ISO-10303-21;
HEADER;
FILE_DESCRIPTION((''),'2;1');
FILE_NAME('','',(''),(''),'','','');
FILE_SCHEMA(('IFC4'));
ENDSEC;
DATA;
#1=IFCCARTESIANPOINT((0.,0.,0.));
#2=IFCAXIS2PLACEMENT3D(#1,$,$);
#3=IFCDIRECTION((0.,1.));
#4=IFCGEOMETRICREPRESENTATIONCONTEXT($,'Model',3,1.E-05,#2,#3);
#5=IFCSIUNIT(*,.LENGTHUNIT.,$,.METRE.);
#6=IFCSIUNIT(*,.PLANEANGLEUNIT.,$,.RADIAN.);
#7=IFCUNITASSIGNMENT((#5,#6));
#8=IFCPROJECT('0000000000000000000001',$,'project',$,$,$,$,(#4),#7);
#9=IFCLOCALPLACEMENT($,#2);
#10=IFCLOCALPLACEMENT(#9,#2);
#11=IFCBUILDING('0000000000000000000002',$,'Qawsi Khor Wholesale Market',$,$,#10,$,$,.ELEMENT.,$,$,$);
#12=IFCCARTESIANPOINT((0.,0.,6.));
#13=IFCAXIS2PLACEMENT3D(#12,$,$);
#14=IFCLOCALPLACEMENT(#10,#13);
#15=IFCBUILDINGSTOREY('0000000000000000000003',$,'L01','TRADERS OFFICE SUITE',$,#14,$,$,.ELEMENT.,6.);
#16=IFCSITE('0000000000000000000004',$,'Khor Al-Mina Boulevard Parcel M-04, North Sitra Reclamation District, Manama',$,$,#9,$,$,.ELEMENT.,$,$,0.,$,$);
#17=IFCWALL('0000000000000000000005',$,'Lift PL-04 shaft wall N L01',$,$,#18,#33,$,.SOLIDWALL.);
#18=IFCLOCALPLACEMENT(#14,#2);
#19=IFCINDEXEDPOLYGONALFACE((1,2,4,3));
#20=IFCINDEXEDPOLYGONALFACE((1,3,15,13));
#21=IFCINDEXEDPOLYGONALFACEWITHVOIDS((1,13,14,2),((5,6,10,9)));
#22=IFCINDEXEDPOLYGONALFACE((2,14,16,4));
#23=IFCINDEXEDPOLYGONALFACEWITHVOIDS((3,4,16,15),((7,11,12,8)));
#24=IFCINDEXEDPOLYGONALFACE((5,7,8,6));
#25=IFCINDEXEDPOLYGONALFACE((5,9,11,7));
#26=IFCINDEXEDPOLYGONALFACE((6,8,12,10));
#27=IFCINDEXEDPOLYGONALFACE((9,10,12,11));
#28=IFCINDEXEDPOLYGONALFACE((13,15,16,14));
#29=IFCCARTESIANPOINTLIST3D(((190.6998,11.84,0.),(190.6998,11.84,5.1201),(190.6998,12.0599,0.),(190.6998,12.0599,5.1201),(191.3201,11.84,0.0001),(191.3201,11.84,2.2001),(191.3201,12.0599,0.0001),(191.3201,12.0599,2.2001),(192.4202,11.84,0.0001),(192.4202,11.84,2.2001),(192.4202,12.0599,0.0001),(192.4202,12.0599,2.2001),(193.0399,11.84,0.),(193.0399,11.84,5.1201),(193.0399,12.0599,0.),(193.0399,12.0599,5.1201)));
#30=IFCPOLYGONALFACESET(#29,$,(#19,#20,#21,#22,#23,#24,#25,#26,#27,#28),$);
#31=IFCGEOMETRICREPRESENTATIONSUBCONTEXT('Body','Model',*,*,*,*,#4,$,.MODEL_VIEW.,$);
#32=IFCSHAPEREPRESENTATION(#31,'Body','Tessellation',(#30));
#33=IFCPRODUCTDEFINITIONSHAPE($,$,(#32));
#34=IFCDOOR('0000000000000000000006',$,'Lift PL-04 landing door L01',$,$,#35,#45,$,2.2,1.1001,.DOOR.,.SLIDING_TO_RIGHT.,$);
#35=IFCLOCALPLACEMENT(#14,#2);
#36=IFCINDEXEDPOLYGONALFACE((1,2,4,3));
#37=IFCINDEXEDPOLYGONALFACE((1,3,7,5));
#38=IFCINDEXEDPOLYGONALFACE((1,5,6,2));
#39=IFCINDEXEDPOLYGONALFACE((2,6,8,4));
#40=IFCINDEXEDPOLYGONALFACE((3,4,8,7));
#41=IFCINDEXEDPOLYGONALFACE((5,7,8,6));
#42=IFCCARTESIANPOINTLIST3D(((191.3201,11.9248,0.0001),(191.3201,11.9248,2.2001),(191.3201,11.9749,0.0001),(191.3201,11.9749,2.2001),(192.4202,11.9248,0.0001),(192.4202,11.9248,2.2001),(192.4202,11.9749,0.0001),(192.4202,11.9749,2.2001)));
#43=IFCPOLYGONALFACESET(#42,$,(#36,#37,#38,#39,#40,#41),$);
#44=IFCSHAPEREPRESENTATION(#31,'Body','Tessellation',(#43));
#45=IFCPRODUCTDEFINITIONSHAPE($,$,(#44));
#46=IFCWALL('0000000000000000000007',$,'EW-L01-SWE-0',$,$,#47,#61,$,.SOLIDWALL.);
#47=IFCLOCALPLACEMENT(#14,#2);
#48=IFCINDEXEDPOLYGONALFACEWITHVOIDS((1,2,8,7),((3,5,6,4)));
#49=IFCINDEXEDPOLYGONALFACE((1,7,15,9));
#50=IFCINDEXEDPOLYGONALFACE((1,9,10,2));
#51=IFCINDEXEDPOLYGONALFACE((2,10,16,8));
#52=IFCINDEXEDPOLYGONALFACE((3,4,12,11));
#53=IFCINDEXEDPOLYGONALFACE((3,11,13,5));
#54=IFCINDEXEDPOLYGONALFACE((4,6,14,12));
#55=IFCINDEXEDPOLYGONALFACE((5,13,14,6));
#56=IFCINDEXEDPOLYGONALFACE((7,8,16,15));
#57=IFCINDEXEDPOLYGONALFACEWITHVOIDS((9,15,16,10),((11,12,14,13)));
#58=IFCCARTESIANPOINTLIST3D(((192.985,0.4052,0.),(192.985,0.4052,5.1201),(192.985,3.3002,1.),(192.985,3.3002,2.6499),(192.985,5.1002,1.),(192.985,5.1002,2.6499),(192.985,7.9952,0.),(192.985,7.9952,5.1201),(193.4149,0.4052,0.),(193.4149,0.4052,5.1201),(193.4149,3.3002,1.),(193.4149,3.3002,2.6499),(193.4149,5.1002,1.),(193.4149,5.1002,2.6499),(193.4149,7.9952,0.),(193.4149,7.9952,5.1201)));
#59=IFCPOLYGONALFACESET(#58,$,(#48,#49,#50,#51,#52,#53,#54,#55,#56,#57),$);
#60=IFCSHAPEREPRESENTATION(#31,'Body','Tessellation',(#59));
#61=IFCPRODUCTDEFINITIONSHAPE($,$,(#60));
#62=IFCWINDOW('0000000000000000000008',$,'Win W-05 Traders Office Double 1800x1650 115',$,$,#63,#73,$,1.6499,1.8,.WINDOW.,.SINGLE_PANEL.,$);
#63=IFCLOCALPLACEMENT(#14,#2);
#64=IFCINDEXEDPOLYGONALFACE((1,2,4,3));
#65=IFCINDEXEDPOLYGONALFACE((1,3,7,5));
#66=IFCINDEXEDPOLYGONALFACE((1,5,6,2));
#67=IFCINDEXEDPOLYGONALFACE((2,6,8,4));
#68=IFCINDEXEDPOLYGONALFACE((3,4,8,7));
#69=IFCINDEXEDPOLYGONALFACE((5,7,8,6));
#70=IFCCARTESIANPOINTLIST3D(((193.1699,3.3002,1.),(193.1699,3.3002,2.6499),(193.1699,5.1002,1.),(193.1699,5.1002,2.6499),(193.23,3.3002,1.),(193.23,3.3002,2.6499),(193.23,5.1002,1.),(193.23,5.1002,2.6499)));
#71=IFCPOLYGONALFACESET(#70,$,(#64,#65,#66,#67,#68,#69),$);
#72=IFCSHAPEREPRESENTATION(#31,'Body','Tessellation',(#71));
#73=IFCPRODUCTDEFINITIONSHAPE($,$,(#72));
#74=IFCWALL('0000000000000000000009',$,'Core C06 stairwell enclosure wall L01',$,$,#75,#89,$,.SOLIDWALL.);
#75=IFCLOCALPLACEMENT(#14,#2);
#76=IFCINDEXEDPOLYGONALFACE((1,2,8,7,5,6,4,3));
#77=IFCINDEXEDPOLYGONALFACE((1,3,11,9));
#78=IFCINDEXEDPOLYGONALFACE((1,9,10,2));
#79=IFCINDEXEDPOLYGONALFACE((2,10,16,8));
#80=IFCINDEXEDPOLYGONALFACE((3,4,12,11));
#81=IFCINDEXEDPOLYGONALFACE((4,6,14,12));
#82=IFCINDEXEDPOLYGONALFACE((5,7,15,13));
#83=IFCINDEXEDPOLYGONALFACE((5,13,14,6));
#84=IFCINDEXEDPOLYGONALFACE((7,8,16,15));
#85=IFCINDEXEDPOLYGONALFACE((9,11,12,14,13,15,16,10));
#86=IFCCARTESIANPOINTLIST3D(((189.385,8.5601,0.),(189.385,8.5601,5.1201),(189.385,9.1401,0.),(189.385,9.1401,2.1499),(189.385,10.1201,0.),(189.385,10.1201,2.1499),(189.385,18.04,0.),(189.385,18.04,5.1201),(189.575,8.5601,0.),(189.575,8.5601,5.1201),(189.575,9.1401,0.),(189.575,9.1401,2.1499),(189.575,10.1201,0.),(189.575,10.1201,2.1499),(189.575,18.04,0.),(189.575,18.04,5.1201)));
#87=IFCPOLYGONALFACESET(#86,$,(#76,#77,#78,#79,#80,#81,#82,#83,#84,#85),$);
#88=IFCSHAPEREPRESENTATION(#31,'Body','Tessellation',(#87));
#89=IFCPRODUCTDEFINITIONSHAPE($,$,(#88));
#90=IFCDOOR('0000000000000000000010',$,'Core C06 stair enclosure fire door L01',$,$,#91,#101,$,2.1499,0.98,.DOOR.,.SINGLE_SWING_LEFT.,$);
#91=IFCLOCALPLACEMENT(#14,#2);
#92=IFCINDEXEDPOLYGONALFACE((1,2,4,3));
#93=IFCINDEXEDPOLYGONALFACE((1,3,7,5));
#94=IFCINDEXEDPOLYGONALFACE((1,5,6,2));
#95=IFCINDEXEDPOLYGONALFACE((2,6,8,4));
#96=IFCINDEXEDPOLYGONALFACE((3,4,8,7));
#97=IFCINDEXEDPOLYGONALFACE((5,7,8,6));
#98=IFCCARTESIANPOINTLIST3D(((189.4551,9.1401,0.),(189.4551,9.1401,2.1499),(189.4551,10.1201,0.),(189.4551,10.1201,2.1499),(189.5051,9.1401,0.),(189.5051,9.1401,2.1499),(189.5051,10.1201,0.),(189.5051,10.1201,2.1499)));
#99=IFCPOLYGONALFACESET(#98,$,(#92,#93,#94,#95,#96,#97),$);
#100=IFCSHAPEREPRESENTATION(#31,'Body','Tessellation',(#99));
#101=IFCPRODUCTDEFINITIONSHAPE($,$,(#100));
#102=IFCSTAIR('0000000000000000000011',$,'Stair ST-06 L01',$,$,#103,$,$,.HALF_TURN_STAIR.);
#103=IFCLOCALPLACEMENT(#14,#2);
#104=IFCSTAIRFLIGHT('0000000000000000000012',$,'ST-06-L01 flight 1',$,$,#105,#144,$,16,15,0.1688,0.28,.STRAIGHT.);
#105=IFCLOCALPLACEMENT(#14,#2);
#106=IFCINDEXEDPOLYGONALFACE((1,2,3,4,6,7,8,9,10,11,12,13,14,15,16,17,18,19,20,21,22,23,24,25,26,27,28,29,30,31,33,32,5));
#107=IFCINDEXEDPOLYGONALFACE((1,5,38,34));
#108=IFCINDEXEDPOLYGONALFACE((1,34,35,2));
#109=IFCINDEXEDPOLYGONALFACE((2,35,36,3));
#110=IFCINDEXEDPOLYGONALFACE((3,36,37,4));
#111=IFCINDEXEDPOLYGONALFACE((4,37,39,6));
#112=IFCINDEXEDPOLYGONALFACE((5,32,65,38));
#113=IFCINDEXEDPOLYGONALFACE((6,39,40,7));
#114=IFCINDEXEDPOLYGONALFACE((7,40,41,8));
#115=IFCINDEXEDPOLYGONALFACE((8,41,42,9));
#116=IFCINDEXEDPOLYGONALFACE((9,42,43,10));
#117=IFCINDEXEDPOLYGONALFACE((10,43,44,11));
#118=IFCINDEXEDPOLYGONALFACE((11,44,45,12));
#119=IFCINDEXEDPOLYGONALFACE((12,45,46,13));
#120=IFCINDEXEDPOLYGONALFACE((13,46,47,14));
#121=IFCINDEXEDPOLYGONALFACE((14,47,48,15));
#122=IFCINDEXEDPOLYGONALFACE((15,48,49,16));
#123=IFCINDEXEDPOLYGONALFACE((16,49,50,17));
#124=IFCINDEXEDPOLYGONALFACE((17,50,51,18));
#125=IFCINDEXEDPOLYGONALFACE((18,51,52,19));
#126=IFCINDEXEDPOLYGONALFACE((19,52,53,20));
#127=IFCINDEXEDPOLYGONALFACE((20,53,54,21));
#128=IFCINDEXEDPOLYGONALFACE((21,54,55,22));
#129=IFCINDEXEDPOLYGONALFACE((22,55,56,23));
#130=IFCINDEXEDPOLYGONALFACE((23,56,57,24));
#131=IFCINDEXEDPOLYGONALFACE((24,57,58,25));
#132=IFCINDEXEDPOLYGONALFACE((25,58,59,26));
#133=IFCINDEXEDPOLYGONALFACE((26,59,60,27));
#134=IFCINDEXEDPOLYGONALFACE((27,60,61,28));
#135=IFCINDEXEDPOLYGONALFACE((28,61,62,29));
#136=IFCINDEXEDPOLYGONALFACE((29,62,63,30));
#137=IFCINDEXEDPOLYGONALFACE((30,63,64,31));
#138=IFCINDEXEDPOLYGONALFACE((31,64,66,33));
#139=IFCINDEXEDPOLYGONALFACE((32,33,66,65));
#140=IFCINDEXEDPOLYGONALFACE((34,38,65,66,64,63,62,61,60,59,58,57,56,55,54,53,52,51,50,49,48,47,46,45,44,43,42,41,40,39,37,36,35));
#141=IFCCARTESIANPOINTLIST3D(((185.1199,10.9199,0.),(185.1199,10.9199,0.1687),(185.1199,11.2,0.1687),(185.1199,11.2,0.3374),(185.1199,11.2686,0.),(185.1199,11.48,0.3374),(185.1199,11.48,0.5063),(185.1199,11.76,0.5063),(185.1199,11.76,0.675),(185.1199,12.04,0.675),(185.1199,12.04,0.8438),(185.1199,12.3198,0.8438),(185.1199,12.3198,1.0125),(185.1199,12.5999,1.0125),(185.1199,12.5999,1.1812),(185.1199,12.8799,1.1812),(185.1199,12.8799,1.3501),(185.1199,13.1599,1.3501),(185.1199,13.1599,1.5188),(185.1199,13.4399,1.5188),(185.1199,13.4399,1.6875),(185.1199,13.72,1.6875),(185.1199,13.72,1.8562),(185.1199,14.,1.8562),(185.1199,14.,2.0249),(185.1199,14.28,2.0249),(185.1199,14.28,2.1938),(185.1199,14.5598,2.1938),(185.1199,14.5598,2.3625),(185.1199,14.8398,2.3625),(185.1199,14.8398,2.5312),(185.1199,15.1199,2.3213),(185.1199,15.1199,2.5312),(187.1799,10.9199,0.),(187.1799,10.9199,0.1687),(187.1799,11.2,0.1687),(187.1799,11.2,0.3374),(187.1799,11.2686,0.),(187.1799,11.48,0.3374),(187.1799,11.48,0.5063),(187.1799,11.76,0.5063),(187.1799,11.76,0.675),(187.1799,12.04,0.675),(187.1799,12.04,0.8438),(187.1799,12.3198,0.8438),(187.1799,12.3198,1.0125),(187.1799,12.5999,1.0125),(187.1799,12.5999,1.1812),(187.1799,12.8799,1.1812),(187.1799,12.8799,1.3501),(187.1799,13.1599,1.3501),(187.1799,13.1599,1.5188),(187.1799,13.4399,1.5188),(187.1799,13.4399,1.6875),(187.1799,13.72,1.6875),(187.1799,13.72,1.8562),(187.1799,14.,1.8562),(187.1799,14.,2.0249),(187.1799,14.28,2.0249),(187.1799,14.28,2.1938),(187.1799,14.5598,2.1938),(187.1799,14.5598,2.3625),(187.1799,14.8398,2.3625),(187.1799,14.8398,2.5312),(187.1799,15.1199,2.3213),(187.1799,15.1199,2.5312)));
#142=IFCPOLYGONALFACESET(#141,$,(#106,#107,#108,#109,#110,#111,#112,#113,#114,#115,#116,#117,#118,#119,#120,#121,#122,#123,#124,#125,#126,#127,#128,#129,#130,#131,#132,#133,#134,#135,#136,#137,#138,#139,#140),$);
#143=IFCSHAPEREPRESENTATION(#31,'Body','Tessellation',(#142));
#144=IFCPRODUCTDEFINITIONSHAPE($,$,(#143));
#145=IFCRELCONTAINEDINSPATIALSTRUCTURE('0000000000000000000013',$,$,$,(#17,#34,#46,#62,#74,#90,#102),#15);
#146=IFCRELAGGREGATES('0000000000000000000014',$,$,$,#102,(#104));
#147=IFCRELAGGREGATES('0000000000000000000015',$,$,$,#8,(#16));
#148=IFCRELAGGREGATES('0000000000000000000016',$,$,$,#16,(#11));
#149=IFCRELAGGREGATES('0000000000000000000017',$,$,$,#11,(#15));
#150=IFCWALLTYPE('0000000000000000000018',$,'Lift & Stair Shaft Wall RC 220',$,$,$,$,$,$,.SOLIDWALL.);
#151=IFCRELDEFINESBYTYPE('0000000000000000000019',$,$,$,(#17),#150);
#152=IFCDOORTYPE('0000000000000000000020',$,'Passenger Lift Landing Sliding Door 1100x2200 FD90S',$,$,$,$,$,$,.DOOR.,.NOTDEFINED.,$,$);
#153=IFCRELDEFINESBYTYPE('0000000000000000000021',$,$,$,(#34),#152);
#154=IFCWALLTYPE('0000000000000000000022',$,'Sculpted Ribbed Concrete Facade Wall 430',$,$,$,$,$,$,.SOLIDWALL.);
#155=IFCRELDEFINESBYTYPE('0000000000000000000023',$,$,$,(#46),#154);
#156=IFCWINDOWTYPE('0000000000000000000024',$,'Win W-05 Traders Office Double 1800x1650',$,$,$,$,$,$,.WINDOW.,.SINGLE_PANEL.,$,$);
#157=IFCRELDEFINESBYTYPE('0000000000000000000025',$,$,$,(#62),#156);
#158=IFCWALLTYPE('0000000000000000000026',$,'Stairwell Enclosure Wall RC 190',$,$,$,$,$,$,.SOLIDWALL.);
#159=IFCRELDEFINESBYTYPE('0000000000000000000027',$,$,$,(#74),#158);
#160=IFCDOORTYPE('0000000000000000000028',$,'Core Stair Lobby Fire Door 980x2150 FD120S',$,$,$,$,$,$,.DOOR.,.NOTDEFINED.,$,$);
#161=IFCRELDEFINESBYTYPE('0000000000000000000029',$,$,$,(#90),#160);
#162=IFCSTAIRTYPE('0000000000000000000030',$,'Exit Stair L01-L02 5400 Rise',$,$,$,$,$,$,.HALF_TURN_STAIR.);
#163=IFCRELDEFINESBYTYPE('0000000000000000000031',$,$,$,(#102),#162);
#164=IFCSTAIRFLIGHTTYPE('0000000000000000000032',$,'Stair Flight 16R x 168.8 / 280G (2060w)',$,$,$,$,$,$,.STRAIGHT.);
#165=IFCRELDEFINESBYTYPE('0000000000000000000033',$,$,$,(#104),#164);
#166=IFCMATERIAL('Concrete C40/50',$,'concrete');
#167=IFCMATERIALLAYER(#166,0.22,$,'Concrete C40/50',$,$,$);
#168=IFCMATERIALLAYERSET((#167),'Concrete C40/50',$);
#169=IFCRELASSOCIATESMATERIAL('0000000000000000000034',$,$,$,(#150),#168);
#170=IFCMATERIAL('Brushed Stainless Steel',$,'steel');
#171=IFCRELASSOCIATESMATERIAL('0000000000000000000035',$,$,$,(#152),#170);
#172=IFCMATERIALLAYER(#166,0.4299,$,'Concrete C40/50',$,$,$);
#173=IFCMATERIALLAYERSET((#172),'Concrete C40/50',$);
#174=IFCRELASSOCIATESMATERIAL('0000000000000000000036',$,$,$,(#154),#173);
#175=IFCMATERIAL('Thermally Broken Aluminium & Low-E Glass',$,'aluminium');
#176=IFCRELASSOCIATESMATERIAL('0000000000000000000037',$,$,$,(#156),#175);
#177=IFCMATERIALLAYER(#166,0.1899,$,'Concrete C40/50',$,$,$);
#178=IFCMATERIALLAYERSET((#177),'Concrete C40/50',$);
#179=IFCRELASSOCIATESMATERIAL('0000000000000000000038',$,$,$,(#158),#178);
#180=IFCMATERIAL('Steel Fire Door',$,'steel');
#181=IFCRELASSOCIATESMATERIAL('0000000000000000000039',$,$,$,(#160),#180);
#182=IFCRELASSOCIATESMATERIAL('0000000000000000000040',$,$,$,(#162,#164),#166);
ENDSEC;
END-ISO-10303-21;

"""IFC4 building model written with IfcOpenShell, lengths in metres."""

from ifc_helpers import new_model, si_unit, direction, frame, frame_2d, origin, place, context, subcontext, project, spatial, polyline, rectangle, outline, extrude, material, layer, layer_set, type_object, element, fill, aggregate, save


model = new_model("IFC4")

# Units and contexts
model_context = context("Model", 3, precision=1e-05, world=origin(), true_north=direction((0.0, 1.0)))
body_context = subcontext(model_context, "Body", "Model", "MODEL_VIEW")
ifc_project = project(units=[si_unit("LENGTHUNIT", "METRE"), si_unit("PLANEANGLEUNIT", "RADIAN")], contexts=[model_context])

# Site, building, storey
site_placement = place(None, origin())
site = spatial("IfcSite", under=ifc_project, at=site_placement, Name="Khor Al-Mina Boulevard Parcel M-04, North Sitra Reclamation District, Manama", CompositionType="ELEMENT", RefElevation=0.0)
building_placement = place(site_placement, origin())
building = spatial("IfcBuilding", under=site, at=building_placement, Name="Qawsi Khor Wholesale Market", CompositionType="ELEMENT")
storey_placement = place(building_placement, frame((0.0, 0.0, 6.0)))
storey = spatial("IfcBuildingStorey", under=building, at=storey_placement, Name="L01", Description="TRADERS OFFICE SUITE", CompositionType="ELEMENT", Elevation=6.0)

# Shared definitions
ifc_material_1 = material(Name="Concrete C40/50", Category="concrete")

# Shared definitions
ifc_layer_1 = layer(ifc_material_1, 0.22, Name="Concrete C40/50")
ifc_layer_set_1 = layer_set([ifc_layer_1], Name="Concrete C40/50")
wall_type_1 = type_object("IfcWallType", Name="Lift & Stair Shaft Wall RC 220", PredefinedType="SOLIDWALL", material=ifc_layer_set_1)

# Wall, opening, door
wall_1_placement = place(storey_placement, frame((190.7, 11.95, 0.0), z_axis=(0.0, 0.0, 1.0), x_axis=(1.0, 0.0, 0.0)))
wall_1 = element("IfcWall", 1, at=wall_1_placement, inside=storey, type_object=wall_type_1, Name="Lift PL-04 shaft wall N L01", PredefinedType="SOLIDWALL", context=body_context, shape_type="SweptSolid", body=[
    extrude(rectangle(XDim=2.3401, YDim=0.22, at=frame_2d((1.1699, 0.0))), origin(), (0.0, 0.0, 1.0), 5.1201),
])
opening_1_placement = place(wall_1_placement, frame((0.6201, 0.0, 0.0)))
opening_1 = element("IfcOpeningElement", 2, at=opening_1_placement, cuts=wall_1, PredefinedType="OPENING", context=body_context, shape_type="SweptSolid", body=[
    extrude(rectangle(XDim=1.1001, YDim=2.2, at=frame_2d((0.55, 1.1001))), frame((0.0, 0.1199, 0.0), z_axis=(0.0, -1.0, 0.0), x_axis=(1.0, 0.0, 0.0)), (0.0, 0.0, 1.0), 0.24),
])
ifc_material_2 = material(Name="Brushed Stainless Steel", Category="steel")
door_type_1 = type_object("IfcDoorType", Name="Passenger Lift Landing Sliding Door 1100x2200 FD90S", OperationType="NOTDEFINED", PredefinedType="DOOR", material=ifc_material_2)
door_1_placement = place(opening_1_placement, origin())
door_1 = element("IfcDoor", 3, at=door_1_placement, inside=storey, type_object=door_type_1, Name="Lift PL-04 landing door L01", OperationType="SLIDING_TO_RIGHT", OverallHeight=2.2, OverallWidth=1.1001, PredefinedType="DOOR", context=body_context, shape_type="SweptSolid", body=[
    extrude(rectangle(XDim=1.1001, YDim=2.2, at=frame_2d((0.55, 1.1001))), frame((0.0, 0.0249, 0.0), z_axis=(0.0, -1.0, 0.0), x_axis=(1.0, 0.0, 0.0)), (0.0, 0.0, 1.0), 0.05),
])
fill(opening_1, door_1)

# Wall, opening, window
ifc_layer_2 = layer(ifc_material_1, 0.4299, Name="Concrete C40/50")
ifc_layer_set_2 = layer_set([ifc_layer_2], Name="Concrete C40/50")
wall_type_2 = type_object("IfcWallType", Name="Sculpted Ribbed Concrete Facade Wall 430", PredefinedType="SOLIDWALL", material=ifc_layer_set_2)
wall_2_placement = place(storey_placement, frame((193.2, 7.9951, 0.0), z_axis=(0.0, 0.0, 1.0), x_axis=(0.0, -1.0, 0.0)))
wall_2 = element("IfcWall", 4, at=wall_2_placement, inside=storey, type_object=wall_type_2, Name="EW-L01-SWE-0", PredefinedType="SOLIDWALL", context=body_context, shape_type="SweptSolid", body=[
    extrude(rectangle(XDim=7.5901, YDim=0.4299, at=frame_2d((3.7949, 0.0))), origin(), (0.0, 0.0, 1.0), 5.1201),
])
opening_2_placement = place(wall_2_placement, frame((2.895, 0.0, 1.0)))
opening_2 = element("IfcOpeningElement", 5, at=opening_2_placement, cuts=wall_2, PredefinedType="OPENING", context=body_context, shape_type="SweptSolid", body=[
    extrude(rectangle(XDim=1.8, YDim=1.6499, at=frame_2d((0.8999, 0.825))), frame((0.0, 0.2249, 0.0), z_axis=(0.0, -1.0, 0.0), x_axis=(1.0, 0.0, 0.0)), (0.0, 0.0, 1.0), 0.45),
])
ifc_material_3 = material(Name="Thermally Broken Aluminium & Low-E Glass", Category="aluminium")
window_type = type_object("IfcWindowType", Name="Win W-05 Traders Office Double 1800x1650", PartitioningType="SINGLE_PANEL", PredefinedType="WINDOW", material=ifc_material_3)
window_placement = place(opening_2_placement, origin())
window = element("IfcWindow", 6, at=window_placement, inside=storey, type_object=window_type, Name="Win W-05 Traders Office Double 1800x1650 115", OverallHeight=1.6499, OverallWidth=1.8, PartitioningType="SINGLE_PANEL", PredefinedType="WINDOW", context=body_context, shape_type="SweptSolid", body=[
    extrude(rectangle(XDim=1.8, YDim=1.6499, at=frame_2d((0.8999, 0.825))), frame((0.0, 0.03, 0.0), z_axis=(0.0, -1.0, 0.0), x_axis=(1.0, 0.0, 0.0)), (0.0, 0.0, 1.0), 0.0601),
])
fill(opening_2, window)

# Wall, opening, door
ifc_layer_3 = layer(ifc_material_1, 0.1899, Name="Concrete C40/50")
ifc_layer_set_3 = layer_set([ifc_layer_3], Name="Concrete C40/50")
wall_type_3 = type_object("IfcWallType", Name="Stairwell Enclosure Wall RC 190", PredefinedType="SOLIDWALL", material=ifc_layer_set_3)
wall_3_placement = place(storey_placement, frame((189.48, 8.5601, 0.0), z_axis=(0.0, 0.0, 1.0), x_axis=(0.0, 1.0, 0.0)))
wall_3 = element("IfcWall", 7, at=wall_3_placement, inside=storey, type_object=wall_type_3, Name="Core C06 stairwell enclosure wall L01", PredefinedType="SOLIDWALL", context=body_context, shape_type="SweptSolid", body=[
    extrude(rectangle(XDim=9.48, YDim=0.1899, at=frame_2d((4.74, 0.0))), origin(), (0.0, 0.0, 1.0), 5.1201),
])
opening_3_placement = place(wall_3_placement, frame((0.5801, 0.0, 0.0)))
opening_3 = element("IfcOpeningElement", 8, at=opening_3_placement, cuts=wall_3, PredefinedType="OPENING", context=body_context, shape_type="SweptSolid", body=[
    extrude(rectangle(XDim=0.98, YDim=2.1499, at=frame_2d((0.49, 1.075))), frame((0.0, 0.105, 0.0), z_axis=(0.0, -1.0, 0.0), x_axis=(1.0, 0.0, 0.0)), (0.0, 0.0, 1.0), 0.21),
])
ifc_material_4 = material(Name="Steel Fire Door", Category="steel")
door_type_2 = type_object("IfcDoorType", Name="Core Stair Lobby Fire Door 980x2150 FD120S", OperationType="NOTDEFINED", PredefinedType="DOOR", material=ifc_material_4)
door_2_placement = place(opening_3_placement, origin())
door_2 = element("IfcDoor", 9, at=door_2_placement, inside=storey, type_object=door_type_2, Name="Core C06 stair enclosure fire door L01", OperationType="SINGLE_SWING_LEFT", OverallHeight=2.1499, OverallWidth=0.98, PredefinedType="DOOR", context=body_context, shape_type="SweptSolid", body=[
    extrude(rectangle(XDim=0.98, YDim=2.1499, at=frame_2d((0.49, 1.075))), frame((0.0, 0.0249, 0.0), z_axis=(0.0, -1.0, 0.0), x_axis=(1.0, 0.0, 0.0)), (0.0, 0.0, 1.0), 0.05),
])
fill(opening_3, door_2)

# Stair, stair flight
stair_type = type_object("IfcStairType", Name="Exit Stair L01-L02 5400 Rise", PredefinedType="HALF_TURN_STAIR", material=ifc_material_1)
stair_placement = place(storey_placement, origin())
stair = element("IfcStair", 10, at=stair_placement, inside=storey, type_object=stair_type, Name="Stair ST-06 L01", PredefinedType="HALF_TURN_STAIR")
stair_flight_type = type_object("IfcStairFlightType", Name="Stair Flight 16R x 168.8 / 280G (2060w)", PredefinedType="STRAIGHT", material=ifc_material_1)
stair_flight_1_placement = place(storey_placement, frame((186.1499, 10.9199, 0.0), z_axis=(0.0, 0.0, 1.0), x_axis=(0.0, 1.0, 0.0)))
stair_flight_1 = element("IfcStairFlight", 11, at=stair_flight_1_placement, type_object=stair_flight_type, Name="ST-06-L01 flight 1", NumberOfRisers=16, NumberOfTreads=15, PredefinedType="STRAIGHT", RiserHeight=0.1688, TreadLength=0.28, context=body_context, shape_type="SweptSolid", body=[
    extrude(outline(polyline([(0.0, 0.0), (0.0, 0.1687), (0.28, 0.1687), (0.28, 0.3374), (0.5601, 0.3374), (0.5601, 0.5063), (0.8401, 0.5063), (0.8401, 0.675), (1.1201, 0.675), (1.1201, 0.8438), (1.3999, 0.8438), (1.3999, 1.0125), (1.6799, 1.0125), (1.6799, 1.1812), (1.96, 1.1812), (1.96, 1.3501), (2.24, 1.3501), (2.24, 1.5188), (2.52, 1.5188), (2.52, 1.6875), (2.8, 1.6875), (2.8, 1.8562), (3.0801, 1.8562), (3.0801, 2.0249), (3.3601, 2.0249), (3.3601, 2.1938), (3.6399, 2.1938), (3.6399, 2.3625), (3.9199, 2.3625), (3.9199, 2.5312), (4.2, 2.5312), (4.2, 2.7), (4.2, 2.3213), (0.3486, 0.0), (0.0, 0.0)])), frame((0.0, 1.03, 0.0), z_axis=(0.0, -1.0, 0.0), x_axis=(1.0, 0.0, 0.0)), (0.0, 0.0, 1.0), 2.0601),
])
aggregate(stair, [stair_flight_1])

save(model, "model.ifc")
